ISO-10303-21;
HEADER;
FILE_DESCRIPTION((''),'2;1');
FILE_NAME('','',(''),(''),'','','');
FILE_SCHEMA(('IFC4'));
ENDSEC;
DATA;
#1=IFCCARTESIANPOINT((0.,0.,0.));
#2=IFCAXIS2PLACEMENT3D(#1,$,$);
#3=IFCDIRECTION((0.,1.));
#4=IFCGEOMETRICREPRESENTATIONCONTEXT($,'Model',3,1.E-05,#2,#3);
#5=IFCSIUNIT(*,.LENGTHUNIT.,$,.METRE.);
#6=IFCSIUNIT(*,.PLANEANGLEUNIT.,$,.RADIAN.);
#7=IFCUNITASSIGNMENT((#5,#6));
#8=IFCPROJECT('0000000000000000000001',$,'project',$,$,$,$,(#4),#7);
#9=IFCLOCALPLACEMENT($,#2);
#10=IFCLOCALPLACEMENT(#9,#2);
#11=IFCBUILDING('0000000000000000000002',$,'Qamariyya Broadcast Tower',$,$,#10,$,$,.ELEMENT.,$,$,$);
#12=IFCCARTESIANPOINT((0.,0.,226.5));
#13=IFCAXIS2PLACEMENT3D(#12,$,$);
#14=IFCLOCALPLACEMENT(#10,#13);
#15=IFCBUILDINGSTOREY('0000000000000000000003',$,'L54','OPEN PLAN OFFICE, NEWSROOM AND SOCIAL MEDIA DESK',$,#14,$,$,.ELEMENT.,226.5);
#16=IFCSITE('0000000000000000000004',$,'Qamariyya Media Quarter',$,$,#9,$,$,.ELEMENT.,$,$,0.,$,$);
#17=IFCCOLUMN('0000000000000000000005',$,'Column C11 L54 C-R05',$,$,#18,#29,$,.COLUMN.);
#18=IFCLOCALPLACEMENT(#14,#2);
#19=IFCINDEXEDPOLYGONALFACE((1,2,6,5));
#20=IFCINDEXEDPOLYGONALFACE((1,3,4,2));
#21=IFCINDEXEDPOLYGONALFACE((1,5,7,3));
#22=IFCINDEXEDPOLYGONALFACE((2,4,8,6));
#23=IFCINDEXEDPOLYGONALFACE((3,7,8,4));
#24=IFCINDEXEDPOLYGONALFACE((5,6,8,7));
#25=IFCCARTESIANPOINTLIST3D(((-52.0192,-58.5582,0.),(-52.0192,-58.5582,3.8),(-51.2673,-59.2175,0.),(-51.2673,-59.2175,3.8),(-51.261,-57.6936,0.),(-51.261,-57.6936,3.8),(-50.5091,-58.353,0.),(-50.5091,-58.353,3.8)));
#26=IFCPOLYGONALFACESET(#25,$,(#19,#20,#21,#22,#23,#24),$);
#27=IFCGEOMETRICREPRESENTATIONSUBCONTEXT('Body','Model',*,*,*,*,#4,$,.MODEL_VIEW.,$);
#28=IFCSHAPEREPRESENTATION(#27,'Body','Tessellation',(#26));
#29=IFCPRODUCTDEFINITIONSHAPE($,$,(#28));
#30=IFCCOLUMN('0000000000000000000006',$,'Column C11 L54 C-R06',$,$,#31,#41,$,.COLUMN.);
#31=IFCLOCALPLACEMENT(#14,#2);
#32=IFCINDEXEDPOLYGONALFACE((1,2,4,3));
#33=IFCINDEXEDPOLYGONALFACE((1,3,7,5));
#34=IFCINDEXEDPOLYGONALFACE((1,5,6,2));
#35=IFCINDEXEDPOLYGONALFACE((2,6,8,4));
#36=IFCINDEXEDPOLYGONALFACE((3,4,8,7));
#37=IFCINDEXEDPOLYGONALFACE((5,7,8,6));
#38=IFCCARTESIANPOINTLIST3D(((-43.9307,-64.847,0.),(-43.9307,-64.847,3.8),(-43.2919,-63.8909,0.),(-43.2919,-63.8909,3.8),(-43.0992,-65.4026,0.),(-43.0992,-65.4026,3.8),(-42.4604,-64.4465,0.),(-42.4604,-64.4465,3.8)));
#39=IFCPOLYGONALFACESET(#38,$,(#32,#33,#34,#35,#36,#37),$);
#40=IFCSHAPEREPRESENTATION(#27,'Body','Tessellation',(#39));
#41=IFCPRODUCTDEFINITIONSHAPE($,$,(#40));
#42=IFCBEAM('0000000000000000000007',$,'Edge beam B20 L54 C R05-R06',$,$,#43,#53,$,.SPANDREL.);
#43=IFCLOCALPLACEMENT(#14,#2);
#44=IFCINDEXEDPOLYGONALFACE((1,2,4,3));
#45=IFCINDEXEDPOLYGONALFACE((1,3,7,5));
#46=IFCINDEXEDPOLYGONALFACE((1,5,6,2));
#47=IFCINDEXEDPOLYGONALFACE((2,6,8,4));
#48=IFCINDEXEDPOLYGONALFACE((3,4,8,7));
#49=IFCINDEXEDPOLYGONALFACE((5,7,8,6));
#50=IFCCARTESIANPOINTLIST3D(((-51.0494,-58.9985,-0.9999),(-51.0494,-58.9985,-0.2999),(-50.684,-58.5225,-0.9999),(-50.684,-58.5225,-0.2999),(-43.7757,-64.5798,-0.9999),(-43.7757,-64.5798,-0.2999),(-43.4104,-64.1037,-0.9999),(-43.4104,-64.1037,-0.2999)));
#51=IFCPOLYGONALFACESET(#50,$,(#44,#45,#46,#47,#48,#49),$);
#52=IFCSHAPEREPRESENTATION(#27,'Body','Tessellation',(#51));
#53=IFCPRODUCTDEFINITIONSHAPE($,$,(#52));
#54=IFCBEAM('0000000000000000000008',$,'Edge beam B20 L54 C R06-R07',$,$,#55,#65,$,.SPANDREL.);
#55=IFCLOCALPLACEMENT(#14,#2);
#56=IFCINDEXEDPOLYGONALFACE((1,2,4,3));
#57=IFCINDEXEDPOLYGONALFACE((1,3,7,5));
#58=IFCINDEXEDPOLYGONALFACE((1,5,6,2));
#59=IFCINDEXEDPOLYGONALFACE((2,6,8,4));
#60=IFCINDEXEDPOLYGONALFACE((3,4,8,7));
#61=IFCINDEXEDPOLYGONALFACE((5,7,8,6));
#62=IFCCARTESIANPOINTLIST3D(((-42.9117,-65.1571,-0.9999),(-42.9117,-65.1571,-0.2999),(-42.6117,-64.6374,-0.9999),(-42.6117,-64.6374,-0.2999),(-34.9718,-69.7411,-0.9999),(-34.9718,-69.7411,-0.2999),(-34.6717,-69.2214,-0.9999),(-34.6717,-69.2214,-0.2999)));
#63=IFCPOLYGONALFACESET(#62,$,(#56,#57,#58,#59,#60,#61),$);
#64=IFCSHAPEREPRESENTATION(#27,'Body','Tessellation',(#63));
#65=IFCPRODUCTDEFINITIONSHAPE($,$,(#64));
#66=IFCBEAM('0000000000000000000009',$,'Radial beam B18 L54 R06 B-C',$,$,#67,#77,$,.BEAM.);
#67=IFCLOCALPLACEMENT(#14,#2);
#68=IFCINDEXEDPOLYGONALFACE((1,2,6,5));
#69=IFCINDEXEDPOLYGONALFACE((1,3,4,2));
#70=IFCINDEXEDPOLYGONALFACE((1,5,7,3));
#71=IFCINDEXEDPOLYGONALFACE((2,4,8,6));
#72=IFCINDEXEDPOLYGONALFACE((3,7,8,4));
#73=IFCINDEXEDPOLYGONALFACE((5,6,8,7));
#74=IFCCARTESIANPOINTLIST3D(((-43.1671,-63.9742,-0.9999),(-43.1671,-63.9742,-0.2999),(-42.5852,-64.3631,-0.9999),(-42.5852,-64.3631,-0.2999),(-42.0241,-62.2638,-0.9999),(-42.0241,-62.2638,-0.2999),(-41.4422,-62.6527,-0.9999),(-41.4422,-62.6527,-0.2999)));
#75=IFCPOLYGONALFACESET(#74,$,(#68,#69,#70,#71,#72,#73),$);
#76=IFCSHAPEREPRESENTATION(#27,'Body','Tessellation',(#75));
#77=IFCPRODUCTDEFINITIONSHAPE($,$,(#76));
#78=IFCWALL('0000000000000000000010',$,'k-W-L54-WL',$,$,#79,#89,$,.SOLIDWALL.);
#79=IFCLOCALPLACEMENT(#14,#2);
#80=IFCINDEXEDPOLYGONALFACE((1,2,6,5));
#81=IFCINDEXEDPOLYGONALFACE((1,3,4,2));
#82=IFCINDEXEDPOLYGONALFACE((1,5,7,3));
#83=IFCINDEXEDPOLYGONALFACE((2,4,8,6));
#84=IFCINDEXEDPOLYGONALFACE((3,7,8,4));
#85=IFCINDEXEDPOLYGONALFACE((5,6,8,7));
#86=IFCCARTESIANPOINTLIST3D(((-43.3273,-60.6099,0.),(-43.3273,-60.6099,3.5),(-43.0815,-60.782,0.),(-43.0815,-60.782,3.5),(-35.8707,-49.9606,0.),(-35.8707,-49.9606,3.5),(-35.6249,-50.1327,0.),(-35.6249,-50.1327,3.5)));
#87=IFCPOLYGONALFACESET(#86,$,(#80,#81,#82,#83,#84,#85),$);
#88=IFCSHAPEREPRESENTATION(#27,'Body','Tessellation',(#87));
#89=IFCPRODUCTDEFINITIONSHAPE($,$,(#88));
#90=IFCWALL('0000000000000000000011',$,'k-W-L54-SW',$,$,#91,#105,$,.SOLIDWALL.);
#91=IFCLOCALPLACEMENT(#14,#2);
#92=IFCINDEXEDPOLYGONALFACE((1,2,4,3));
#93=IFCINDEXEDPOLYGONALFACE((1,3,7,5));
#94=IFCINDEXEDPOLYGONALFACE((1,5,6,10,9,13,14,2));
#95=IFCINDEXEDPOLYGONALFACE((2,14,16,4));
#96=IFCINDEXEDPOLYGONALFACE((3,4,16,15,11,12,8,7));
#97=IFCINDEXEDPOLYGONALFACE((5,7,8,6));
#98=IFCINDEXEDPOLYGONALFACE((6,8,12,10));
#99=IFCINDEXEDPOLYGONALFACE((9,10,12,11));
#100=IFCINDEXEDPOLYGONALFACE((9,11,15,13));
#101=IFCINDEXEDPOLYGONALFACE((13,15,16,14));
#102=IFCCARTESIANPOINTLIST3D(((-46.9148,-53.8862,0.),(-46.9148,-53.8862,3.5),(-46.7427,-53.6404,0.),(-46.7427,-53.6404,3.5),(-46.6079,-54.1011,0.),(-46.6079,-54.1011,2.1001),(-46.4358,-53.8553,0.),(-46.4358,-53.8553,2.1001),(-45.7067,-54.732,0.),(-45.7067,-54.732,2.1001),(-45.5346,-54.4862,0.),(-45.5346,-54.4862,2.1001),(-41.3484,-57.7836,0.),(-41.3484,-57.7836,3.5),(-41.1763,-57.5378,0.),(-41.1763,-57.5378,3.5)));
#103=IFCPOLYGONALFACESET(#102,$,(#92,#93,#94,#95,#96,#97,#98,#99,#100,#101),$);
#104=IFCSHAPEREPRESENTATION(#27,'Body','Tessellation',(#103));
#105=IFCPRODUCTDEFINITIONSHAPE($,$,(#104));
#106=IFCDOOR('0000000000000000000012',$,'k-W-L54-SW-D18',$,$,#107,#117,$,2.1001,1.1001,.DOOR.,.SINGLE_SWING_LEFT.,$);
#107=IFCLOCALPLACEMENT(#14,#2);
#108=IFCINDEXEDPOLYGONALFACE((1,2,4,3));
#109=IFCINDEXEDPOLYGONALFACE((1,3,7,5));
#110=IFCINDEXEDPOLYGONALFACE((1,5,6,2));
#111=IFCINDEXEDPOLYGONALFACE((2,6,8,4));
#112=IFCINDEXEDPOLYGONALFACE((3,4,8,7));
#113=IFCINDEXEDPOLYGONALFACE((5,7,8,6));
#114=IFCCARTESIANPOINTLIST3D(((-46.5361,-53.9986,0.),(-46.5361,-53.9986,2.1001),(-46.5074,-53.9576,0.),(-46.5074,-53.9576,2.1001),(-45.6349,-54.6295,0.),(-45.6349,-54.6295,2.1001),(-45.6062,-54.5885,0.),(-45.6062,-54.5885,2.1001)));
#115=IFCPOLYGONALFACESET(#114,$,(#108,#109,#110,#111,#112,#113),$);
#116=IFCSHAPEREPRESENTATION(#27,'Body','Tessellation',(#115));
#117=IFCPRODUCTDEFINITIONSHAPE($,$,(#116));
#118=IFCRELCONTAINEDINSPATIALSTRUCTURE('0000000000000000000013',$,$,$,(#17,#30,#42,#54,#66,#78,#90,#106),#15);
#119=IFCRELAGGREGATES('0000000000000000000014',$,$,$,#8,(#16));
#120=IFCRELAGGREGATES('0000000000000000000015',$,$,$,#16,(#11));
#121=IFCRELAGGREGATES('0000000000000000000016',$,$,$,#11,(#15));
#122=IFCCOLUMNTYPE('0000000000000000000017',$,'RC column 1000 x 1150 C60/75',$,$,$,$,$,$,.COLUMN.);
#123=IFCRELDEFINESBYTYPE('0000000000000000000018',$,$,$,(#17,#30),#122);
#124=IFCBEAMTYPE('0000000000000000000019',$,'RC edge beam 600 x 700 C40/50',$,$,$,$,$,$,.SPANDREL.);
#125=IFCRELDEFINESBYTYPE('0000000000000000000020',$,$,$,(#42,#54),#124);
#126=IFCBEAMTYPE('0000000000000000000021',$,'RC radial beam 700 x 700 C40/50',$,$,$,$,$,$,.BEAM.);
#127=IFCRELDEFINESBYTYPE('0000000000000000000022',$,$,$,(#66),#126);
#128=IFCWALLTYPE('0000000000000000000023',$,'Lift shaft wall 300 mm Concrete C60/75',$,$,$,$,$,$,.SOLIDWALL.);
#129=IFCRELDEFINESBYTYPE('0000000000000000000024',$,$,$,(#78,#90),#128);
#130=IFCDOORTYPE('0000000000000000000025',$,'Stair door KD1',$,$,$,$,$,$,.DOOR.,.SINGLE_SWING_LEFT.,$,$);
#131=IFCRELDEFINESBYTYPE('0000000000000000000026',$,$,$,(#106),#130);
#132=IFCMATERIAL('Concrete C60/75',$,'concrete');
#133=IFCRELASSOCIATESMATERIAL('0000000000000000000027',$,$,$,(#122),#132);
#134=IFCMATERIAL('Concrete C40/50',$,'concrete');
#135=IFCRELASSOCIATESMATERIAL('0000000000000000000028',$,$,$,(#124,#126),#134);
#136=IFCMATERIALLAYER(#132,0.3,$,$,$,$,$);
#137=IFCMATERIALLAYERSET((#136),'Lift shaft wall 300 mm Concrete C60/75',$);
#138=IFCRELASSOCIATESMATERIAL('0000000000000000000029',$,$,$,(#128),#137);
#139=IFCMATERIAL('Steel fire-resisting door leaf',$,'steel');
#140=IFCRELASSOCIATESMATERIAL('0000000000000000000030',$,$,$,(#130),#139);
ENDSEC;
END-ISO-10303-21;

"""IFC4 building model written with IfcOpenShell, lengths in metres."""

from ifc_helpers import new_model, si_unit, direction, frame, frame_2d, origin, origin_2d, place, context, subcontext, project, spatial, rectangle, extrude, material, layer, layer_set, material_profile, profile_set, type_object, element, fill, save


model = new_model("IFC4")

# Units and contexts
model_context = context("Model", 3, precision=1e-05, world=origin(), true_north=direction((0.0, 1.0)))
body_context = subcontext(model_context, "Body", "Model", "MODEL_VIEW")
ifc_project = project(units=[si_unit("LENGTHUNIT", "METRE"), si_unit("PLANEANGLEUNIT", "RADIAN")], contexts=[model_context])

# Site, building, storey
site_placement = place(None, origin())
site = spatial("IfcSite", under=ifc_project, at=site_placement, Name="Qamariyya Media Quarter", CompositionType="ELEMENT", RefElevation=0.0)
building_placement = place(site_placement, origin())
building = spatial("IfcBuilding", under=site, at=building_placement, Name="Qamariyya Broadcast Tower", CompositionType="ELEMENT")
storey_placement = place(building_placement, frame((0.0, 0.0, 226.5)))
storey = spatial("IfcBuildingStorey", under=building, at=storey_placement, Name="L54", Description="OPEN PLAN OFFICE, NEWSROOM AND SOCIAL MEDIA DESK", CompositionType="ELEMENT", Elevation=226.5)

# Columns
ifc_material_1 = material(Name="Concrete C60/75", Category="concrete")
ifc_material_profile_1 = material_profile(ifc_material_1, rectangle(XDim=1.0, YDim=1.1499, at=origin_2d()))
ifc_profile_set_1 = profile_set([ifc_material_profile_1], Name="Concrete C60/75")
column_type = type_object("IfcColumnType", Name="RC column 1000 x 1150 C60/75", PredefinedType="COLUMN", material=ifc_profile_set_1)
for number, where, z_axis, x_axis, name in (
    (1, (-51.2642, -58.4556, 0.0), (0.0, 0.0, 1.0), (0.75184, -0.659346, 0.0), "Column C11 L54 C-R05"),
    (2, (-43.1956, -64.6467, 0.0), (0.0, 0.0, 1.0), (0.83147, -0.55557, 0.0), "Column C11 L54 C-R06"),
):
    element("IfcColumn", number, at=place(storey_placement, frame(where, z_axis=z_axis, x_axis=x_axis)), inside=storey, type_object=column_type, Name=name, PredefinedType="COLUMN", context=body_context, shape_type="SweptSolid", body=[
        extrude(rectangle(XDim=1.0, YDim=1.1499, at=origin_2d()), origin(), (0.0, 0.0, 1.0), 3.8),
    ])

# Beams
ifc_material_2 = material(Name="Concrete C40/50", Category="concrete")
ifc_material_profile_2 = material_profile(ifc_material_2, rectangle(XDim=0.6001, YDim=0.7, at=origin_2d()))
ifc_profile_set_2 = profile_set([ifc_material_profile_2], Name="Concrete C40/50")
beam_type_1 = type_object("IfcBeamType", Name="RC edge beam 600 x 700 C40/50", PredefinedType="SPANDREL", material=ifc_profile_set_2)
for number, where, z_axis, x_axis, name in (
    (3, (-50.8667, -58.7605, -0.6499), (0.793353, -0.608762, 0.0), (0.608762, 0.793353, 0.0), "Edge beam B20 L54 C R05-R06"),
    (4, (-42.7617, -64.8972, -0.6499), (0.866032, -0.499988, 0.0), (0.499988, 0.866032, 0.0), "Edge beam B20 L54 C R06-R07"),
):
    element("IfcBeam", number, at=place(storey_placement, frame(where, z_axis=z_axis, x_axis=x_axis)), inside=storey, type_object=beam_type_1, Name=name, PredefinedType="SPANDREL", context=body_context, shape_type="SweptSolid", body=[
        extrude(rectangle(XDim=0.6001, YDim=0.7, at=origin_2d()), origin(), (0.0, 0.0, 1.0), 9.1682),
    ])
ifc_material_profile_3 = material_profile(ifc_material_2, rectangle(XDim=0.7, YDim=0.7, at=origin_2d()))
ifc_profile_set_3 = profile_set([ifc_material_profile_3], Name="Concrete C40/50")
beam_type_2 = type_object("IfcBeamType", Name="RC radial beam 700 x 700 C40/50", PredefinedType="BEAM", material=ifc_profile_set_3)
beam_placement = place(storey_placement, frame((-41.7332, -62.4583, -0.6499), z_axis=(-0.555631, -0.831429, 0.0), x_axis=(0.831429, -0.555631, 0.0)))
element("IfcBeam", 5, at=beam_placement, inside=storey, type_object=beam_type_2, Name="Radial beam B18 L54 R06 B-C", PredefinedType="BEAM", context=body_context, shape_type="SweptSolid", body=[
    extrude(rectangle(XDim=0.7, YDim=0.7, at=origin_2d()), origin(), (0.0, 0.0, 1.0), 2.0571),
])

# Wall
ifc_layer = layer(ifc_material_1, 0.3)
ifc_layer_set = layer_set([ifc_layer], Name="Lift shaft wall 300 mm Concrete C60/75")
wall_type = type_object("IfcWallType", Name="Lift shaft wall 300 mm Concrete C60/75", PredefinedType="SOLIDWALL", material=ifc_layer_set)
wall_1_placement = place(storey_placement, frame((-43.2043, -60.6958, 0.0), z_axis=(0.0, 0.0, 1.0), x_axis=(0.573572, 0.819155, 0.0)))
element("IfcWall", 6, at=wall_1_placement, inside=storey, type_object=wall_type, Name="k-W-L54-WL", PredefinedType="SOLIDWALL", context=body_context, shape_type="SweptSolid", body=[
    extrude(rectangle(XDim=13.0002, YDim=0.3, at=frame_2d((6.5, 0.0))), origin(), (0.0, 0.0, 1.0), 3.5),
])

# Wall, opening, door
wall_2_placement = place(storey_placement, frame((-41.2625, -57.6606, 0.0), z_axis=(0.0, 0.0, 1.0), x_axis=(-0.819164, 0.573559, 0.0)))
wall_2 = element("IfcWall", 7, at=wall_2_placement, inside=storey, type_object=wall_type, Name="k-W-L54-SW", PredefinedType="SOLIDWALL", context=body_context, shape_type="SweptSolid", body=[
    extrude(rectangle(XDim=6.7952, YDim=0.3, at=frame_2d((3.3975, 0.0))), origin(), (0.0, 0.0, 1.0), 3.5),
])
opening_placement = place(wall_2_placement, frame((5.3203, 0.0, 0.0)))
opening = element("IfcOpeningElement", 8, at=opening_placement, cuts=wall_2, PredefinedType="OPENING", context=body_context, shape_type="SweptSolid", body=[
    extrude(rectangle(XDim=1.1001, YDim=2.1001, at=frame_2d((0.55, 1.05))), frame((0.0, 0.1599, 0.0), z_axis=(0.0, -1.0, 0.0), x_axis=(1.0, 0.0, 0.0)), (0.0, 0.0, 1.0), 0.3201),
])
ifc_material_3 = material(Name="Steel fire-resisting door leaf", Category="steel")
door_type = type_object("IfcDoorType", Name="Stair door KD1", OperationType="SINGLE_SWING_LEFT", PredefinedType="DOOR", material=ifc_material_3)
door_placement = place(opening_placement, origin())
door = element("IfcDoor", 9, at=door_placement, inside=storey, type_object=door_type, Name="k-W-L54-SW-D18", OperationType="SINGLE_SWING_LEFT", OverallHeight=2.1001, OverallWidth=1.1001, PredefinedType="DOOR", context=body_context, shape_type="SweptSolid", body=[
    extrude(rectangle(XDim=1.1001, YDim=2.1001, at=frame_2d((0.55, 1.05))), frame((0.0, 0.0249, 0.0), z_axis=(0.0, -1.0, 0.0), x_axis=(1.0, 0.0, 0.0)), (0.0, 0.0, 1.0), 0.05),
])
fill(opening, door)

save(model, "model.ifc")
